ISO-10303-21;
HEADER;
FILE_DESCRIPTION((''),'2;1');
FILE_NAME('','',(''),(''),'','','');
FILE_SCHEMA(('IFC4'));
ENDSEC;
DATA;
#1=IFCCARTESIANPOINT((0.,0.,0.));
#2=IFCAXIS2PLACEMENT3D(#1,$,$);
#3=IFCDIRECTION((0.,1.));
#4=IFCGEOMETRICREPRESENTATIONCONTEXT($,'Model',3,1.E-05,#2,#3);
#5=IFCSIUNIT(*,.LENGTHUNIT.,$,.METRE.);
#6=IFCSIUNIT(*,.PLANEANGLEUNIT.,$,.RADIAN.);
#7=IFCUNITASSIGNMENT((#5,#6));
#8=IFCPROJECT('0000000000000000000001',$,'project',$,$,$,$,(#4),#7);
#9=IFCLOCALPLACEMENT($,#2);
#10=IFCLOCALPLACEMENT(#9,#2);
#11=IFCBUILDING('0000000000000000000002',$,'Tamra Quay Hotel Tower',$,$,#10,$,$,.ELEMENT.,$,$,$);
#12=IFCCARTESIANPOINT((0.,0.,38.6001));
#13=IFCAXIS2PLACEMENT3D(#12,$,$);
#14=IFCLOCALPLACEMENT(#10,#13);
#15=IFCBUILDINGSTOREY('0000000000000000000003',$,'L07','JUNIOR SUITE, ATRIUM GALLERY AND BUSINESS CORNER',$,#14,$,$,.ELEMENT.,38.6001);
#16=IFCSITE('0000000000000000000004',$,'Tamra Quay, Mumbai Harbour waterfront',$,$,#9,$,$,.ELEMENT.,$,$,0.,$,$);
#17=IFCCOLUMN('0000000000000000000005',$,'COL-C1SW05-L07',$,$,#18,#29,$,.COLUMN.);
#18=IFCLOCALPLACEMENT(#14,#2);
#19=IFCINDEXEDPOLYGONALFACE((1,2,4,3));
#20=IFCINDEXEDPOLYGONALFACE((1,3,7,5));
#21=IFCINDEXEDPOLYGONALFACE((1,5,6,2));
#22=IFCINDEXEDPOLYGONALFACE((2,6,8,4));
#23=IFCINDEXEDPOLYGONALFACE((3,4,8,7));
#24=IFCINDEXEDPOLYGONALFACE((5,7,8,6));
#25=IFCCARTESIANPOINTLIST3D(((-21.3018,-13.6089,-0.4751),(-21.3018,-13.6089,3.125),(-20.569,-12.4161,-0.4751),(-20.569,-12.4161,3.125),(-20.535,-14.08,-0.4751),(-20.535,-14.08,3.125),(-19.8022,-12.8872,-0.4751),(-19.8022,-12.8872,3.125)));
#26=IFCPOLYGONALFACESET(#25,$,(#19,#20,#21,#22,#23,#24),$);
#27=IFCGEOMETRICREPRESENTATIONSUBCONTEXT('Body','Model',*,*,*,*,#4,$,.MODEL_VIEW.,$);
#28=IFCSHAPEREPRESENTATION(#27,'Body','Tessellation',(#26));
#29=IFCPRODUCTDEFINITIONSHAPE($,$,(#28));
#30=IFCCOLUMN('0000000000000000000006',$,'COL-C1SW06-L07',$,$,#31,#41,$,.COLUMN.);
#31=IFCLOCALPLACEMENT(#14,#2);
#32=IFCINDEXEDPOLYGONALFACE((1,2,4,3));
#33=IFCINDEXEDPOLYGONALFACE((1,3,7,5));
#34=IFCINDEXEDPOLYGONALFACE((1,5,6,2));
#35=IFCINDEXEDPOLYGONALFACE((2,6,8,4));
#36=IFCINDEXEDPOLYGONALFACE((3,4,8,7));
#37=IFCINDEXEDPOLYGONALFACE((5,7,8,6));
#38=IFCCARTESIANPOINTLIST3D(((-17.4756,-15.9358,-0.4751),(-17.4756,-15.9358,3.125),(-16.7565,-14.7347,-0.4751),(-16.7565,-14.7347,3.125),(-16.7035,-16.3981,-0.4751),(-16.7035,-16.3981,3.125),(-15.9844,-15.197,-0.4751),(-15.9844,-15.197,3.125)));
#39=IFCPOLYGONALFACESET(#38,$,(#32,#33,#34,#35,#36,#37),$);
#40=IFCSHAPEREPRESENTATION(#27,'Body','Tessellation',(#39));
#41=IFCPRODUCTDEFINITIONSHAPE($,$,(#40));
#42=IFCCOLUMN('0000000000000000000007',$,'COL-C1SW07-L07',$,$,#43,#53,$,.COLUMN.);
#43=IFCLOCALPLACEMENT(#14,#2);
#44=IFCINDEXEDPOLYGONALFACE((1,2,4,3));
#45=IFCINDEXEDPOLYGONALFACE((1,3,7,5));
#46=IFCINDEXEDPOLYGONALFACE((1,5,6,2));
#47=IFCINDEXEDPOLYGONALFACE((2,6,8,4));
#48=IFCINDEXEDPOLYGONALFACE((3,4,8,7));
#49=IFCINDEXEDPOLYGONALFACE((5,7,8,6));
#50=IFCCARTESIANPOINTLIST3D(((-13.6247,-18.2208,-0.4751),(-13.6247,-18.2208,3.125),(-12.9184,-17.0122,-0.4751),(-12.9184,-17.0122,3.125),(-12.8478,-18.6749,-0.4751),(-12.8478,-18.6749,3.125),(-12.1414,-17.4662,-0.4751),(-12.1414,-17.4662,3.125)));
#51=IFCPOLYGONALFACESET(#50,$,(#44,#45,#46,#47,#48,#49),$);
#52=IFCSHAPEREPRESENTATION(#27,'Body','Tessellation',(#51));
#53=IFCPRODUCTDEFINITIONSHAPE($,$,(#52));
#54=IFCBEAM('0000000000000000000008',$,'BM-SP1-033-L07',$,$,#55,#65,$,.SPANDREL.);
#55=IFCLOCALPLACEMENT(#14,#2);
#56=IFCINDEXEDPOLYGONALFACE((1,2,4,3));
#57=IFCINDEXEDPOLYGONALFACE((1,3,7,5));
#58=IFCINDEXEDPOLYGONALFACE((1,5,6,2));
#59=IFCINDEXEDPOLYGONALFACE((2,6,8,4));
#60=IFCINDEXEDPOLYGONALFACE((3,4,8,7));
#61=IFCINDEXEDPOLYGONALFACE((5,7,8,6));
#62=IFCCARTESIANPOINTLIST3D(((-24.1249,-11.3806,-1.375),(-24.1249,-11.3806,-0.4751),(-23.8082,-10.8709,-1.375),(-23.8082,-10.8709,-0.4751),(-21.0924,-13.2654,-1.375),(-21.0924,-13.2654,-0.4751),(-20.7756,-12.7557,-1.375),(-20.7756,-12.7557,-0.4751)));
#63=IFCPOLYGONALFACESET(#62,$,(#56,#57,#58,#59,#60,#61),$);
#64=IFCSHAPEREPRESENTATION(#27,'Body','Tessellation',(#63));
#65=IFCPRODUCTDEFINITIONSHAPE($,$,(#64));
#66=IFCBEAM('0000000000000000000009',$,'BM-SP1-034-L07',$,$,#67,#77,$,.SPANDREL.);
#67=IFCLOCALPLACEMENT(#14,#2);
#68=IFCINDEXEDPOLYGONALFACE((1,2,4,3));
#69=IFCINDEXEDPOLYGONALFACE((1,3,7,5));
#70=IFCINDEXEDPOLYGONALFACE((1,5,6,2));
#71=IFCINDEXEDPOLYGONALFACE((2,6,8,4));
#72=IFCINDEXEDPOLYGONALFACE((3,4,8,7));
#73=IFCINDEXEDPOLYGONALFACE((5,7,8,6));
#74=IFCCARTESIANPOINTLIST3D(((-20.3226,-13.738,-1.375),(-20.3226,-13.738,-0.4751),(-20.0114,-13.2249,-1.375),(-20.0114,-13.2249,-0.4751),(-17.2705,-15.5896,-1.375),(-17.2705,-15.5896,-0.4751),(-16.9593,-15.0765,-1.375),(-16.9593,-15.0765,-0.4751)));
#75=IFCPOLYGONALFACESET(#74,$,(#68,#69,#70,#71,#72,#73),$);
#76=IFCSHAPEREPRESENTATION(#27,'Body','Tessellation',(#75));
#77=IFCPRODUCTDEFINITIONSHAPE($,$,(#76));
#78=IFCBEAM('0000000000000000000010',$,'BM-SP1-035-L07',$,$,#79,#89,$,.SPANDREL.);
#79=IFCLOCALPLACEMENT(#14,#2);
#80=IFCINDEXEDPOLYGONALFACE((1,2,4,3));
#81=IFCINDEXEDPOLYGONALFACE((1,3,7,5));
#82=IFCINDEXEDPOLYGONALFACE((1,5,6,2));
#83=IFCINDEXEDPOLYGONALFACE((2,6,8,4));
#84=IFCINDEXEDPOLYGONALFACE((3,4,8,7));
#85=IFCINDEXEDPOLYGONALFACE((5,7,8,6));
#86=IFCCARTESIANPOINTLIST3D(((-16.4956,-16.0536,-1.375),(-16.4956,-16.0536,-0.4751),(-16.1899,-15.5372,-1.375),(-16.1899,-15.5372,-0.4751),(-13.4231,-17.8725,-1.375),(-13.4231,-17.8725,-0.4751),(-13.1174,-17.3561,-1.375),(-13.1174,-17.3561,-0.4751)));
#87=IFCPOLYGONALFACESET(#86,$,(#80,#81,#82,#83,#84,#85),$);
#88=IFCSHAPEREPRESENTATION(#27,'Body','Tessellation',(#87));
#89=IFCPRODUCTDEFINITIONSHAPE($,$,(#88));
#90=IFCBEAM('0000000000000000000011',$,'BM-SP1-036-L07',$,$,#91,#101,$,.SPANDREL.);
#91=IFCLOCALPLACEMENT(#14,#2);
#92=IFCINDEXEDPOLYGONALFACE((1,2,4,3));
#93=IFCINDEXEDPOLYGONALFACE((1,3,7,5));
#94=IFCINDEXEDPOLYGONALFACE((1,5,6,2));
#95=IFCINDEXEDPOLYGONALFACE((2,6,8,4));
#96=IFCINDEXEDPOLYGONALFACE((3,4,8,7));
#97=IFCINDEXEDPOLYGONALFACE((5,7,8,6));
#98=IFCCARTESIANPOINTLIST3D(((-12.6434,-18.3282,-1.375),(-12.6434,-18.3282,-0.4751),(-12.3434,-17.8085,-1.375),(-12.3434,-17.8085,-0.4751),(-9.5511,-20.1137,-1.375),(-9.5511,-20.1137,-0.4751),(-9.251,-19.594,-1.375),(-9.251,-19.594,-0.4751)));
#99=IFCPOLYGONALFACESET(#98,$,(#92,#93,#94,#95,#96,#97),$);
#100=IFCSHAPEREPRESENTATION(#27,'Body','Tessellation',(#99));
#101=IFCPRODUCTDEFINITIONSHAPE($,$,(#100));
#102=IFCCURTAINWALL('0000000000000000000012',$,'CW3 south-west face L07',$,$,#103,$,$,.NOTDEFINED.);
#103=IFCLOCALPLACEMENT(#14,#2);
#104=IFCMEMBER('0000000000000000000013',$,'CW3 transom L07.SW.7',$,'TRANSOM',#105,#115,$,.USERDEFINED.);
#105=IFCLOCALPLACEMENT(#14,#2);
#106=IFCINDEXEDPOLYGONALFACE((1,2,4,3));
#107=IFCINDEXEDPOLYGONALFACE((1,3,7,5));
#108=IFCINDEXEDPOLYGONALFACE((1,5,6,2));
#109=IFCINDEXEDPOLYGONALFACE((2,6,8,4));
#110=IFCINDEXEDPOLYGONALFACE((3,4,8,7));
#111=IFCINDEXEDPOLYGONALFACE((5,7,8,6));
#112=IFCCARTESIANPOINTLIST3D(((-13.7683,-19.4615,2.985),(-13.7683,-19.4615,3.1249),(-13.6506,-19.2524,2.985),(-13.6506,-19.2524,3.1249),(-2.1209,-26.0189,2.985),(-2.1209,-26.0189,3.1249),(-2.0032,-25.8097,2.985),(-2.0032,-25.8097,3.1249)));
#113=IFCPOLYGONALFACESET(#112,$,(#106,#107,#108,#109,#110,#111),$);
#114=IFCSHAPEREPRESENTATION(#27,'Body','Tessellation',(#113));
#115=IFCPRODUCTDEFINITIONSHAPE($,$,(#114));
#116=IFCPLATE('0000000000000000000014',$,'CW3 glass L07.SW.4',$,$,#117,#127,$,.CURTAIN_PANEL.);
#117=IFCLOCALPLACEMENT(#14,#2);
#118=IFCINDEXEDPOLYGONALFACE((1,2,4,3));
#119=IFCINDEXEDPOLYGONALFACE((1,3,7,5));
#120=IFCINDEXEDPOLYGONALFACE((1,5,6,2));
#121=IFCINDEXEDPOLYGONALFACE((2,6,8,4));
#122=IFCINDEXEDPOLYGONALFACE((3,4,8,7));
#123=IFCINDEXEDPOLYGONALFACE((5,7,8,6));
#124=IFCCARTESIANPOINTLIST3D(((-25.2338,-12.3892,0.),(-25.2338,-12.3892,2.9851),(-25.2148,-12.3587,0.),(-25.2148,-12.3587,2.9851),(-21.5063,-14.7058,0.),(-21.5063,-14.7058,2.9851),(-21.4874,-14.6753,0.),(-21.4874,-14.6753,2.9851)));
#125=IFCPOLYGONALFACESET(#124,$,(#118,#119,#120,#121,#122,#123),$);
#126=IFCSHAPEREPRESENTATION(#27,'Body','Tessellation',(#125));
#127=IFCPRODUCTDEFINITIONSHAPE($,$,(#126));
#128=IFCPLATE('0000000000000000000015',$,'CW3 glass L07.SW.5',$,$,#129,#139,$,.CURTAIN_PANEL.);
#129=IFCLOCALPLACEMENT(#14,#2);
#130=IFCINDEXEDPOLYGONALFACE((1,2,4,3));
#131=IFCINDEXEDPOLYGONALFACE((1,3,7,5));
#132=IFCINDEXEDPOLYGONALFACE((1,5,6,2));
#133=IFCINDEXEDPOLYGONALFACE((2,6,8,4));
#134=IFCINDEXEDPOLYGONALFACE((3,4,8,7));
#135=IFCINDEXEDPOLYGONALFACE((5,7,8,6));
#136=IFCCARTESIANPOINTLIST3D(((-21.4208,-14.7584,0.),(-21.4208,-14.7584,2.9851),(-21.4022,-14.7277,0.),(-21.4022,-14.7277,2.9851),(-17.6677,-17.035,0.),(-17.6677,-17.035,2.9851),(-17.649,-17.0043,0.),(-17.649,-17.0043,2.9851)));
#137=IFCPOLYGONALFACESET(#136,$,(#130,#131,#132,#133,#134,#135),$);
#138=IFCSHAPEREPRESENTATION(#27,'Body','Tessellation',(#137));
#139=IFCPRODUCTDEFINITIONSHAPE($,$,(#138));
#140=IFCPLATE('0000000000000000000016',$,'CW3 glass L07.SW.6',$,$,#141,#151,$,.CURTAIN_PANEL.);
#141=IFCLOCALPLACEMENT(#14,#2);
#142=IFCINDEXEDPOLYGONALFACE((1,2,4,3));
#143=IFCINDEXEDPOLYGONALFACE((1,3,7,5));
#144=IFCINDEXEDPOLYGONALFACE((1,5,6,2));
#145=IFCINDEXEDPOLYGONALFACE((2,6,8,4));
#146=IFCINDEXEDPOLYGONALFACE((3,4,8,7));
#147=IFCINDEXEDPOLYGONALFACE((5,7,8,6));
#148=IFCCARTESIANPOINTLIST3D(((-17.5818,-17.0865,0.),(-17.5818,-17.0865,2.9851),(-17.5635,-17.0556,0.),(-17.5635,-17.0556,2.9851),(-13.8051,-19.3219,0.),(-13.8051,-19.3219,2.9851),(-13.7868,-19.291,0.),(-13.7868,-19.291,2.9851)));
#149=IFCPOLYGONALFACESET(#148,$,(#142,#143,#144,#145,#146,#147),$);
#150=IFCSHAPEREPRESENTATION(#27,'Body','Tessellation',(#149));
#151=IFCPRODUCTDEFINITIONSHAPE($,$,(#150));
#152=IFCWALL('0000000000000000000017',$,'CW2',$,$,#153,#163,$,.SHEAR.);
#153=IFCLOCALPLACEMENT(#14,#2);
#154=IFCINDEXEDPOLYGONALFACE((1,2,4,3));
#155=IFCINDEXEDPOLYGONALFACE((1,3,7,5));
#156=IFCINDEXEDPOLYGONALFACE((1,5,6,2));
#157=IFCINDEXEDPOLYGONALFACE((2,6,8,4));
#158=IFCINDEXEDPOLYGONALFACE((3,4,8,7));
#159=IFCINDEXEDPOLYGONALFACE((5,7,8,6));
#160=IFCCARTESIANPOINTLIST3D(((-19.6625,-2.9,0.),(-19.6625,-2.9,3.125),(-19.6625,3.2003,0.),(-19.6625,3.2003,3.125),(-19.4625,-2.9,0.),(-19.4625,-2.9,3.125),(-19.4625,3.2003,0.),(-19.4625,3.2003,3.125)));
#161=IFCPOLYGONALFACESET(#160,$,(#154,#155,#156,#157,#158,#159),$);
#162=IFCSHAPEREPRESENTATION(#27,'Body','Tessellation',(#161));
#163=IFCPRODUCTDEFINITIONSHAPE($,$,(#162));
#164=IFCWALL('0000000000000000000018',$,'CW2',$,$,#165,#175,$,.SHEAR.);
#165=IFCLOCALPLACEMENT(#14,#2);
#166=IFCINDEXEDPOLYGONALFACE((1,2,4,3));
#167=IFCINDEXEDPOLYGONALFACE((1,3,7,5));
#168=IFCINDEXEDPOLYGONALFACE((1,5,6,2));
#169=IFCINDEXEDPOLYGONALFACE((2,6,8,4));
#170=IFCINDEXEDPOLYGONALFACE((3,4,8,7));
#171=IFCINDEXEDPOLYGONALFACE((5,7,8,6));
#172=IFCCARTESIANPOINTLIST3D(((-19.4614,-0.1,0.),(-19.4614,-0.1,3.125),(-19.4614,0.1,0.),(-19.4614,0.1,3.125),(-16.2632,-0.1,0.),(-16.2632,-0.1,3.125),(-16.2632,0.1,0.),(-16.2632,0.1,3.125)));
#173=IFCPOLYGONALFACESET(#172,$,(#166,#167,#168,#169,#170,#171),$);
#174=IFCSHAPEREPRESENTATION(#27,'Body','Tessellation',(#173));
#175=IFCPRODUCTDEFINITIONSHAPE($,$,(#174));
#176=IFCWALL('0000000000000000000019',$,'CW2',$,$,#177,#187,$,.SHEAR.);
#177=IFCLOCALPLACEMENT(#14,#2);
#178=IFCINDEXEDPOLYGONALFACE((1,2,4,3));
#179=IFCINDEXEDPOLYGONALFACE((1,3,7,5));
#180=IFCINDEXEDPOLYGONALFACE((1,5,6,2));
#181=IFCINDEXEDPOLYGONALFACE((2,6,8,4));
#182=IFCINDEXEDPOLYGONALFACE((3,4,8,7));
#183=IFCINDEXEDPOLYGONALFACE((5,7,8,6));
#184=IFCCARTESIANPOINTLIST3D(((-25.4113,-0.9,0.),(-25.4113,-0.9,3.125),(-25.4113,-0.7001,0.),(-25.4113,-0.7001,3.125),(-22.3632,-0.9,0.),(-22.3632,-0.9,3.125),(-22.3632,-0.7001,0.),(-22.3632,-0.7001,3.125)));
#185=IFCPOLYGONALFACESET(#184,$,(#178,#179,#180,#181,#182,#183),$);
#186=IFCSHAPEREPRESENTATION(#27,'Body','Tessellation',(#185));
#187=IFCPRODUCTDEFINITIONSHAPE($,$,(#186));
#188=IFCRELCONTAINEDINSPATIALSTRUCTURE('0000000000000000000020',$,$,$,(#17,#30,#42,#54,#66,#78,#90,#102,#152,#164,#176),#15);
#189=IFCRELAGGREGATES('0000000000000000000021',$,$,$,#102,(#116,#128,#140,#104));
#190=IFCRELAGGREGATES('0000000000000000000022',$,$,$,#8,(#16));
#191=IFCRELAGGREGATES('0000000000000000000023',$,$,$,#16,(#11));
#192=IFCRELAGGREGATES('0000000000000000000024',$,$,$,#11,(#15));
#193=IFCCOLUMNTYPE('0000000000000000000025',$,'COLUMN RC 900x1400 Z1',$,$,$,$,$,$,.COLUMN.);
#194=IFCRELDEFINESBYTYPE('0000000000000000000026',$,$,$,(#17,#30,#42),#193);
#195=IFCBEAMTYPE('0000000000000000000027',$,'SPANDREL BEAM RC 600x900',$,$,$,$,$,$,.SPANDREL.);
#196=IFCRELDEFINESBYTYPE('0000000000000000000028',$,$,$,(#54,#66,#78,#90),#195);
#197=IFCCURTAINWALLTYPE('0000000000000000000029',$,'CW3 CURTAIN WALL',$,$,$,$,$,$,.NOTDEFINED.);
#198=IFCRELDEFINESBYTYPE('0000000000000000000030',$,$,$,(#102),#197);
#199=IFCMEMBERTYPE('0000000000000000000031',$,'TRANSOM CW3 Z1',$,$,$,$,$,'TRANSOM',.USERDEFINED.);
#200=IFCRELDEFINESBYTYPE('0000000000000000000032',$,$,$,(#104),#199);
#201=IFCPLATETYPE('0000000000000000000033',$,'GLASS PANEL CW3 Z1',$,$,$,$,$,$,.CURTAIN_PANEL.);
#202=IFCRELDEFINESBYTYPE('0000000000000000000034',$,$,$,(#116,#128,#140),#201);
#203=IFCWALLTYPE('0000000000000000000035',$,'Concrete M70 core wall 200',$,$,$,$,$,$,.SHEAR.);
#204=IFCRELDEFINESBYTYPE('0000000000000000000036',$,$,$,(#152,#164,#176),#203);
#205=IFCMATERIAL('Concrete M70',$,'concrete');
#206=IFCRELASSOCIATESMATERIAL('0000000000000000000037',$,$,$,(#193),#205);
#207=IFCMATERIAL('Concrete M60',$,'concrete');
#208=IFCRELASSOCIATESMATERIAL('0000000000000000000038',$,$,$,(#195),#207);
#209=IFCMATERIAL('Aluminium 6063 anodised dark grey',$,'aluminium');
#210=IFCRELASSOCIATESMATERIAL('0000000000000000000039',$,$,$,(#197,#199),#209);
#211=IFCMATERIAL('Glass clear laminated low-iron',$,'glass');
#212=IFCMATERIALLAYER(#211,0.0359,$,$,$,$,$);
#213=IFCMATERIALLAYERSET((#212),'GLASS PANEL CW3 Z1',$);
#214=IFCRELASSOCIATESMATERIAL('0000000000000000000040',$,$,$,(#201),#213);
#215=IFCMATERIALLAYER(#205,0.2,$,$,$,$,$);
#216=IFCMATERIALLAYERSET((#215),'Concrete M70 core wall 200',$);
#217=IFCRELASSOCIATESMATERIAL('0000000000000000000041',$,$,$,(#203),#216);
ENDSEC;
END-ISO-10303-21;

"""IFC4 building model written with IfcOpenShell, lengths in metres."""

from ifc_helpers import new_model, si_unit, direction, frame, frame_2d, origin, origin_2d, place, context, subcontext, project, spatial, rectangle, extrude, material, layer, layer_set, material_profile, profile_set, type_object, element, aggregate, save


model = new_model("IFC4")

# Units and contexts
model_context = context("Model", 3, precision=1e-05, world=origin(), true_north=direction((0.0, 1.0)))
body_context = subcontext(model_context, "Body", "Model", "MODEL_VIEW")
ifc_project = project(units=[si_unit("LENGTHUNIT", "METRE"), si_unit("PLANEANGLEUNIT", "RADIAN")], contexts=[model_context])

# Site, building, storey
site_placement = place(None, origin())
site = spatial("IfcSite", under=ifc_project, at=site_placement, Name="Tamra Quay, Mumbai Harbour waterfront", CompositionType="ELEMENT", RefElevation=0.0)
building_placement = place(site_placement, origin())
building = spatial("IfcBuilding", under=site, at=building_placement, Name="Tamra Quay Hotel Tower", CompositionType="ELEMENT")
storey_placement = place(building_placement, frame((0.0, 0.0, 38.6001)))
storey = spatial("IfcBuildingStorey", under=building, at=storey_placement, Name="L07", Description="JUNIOR SUITE, ATRIUM GALLERY AND BUSINESS CORNER", CompositionType="ELEMENT", Elevation=38.6001)

# Columns
ifc_material_1 = material(Name="Concrete M70", Category="concrete")
ifc_material_profile_1 = material_profile(ifc_material_1, rectangle(XDim=1.3999, YDim=0.8999, at=origin_2d()), Name="COLUMN RC 900x1400 Z1")
ifc_profile_set_1 = profile_set([ifc_material_profile_1], Name="Concrete M70")
column_type = type_object("IfcColumnType", Name="COLUMN RC 900x1400 Z1", PredefinedType="COLUMN", material=ifc_profile_set_1)
for number, where, z_axis, x_axis, name in (
    (1, (-20.552, -13.248, -0.4751), (0.0, 0.0, 1.0), (0.52343, 0.852069, 0.0), "COL-C1SW05-L07"),
    (2, (-16.73, -15.5664, -0.4751), (0.0, 0.0, 1.0), (0.513654, 0.857998, 0.0), "COL-C1SW06-L07"),
    (3, (-12.8831, -17.8435, -0.4751), (0.0, 0.0, 1.0), (0.504565, 0.863374, 0.0), "COL-C1SW07-L07"),
):
    element("IfcColumn", number, at=place(storey_placement, frame(where, z_axis=z_axis, x_axis=x_axis)), inside=storey, type_object=column_type, Name=name, PredefinedType="COLUMN", context=body_context, shape_type="SweptSolid", body=[
        extrude(rectangle(XDim=1.3999, YDim=0.8999, at=origin_2d()), origin(), (0.0, 0.0, 1.0), 3.6001),
    ])

# Beams
ifc_material_2 = material(Name="Concrete M60", Category="concrete")
ifc_material_profile_2 = material_profile(ifc_material_2, rectangle(XDim=0.6001, YDim=0.8999, at=origin_2d()), Name="SPANDREL BEAM RC 600x900")
ifc_profile_set_2 = profile_set([ifc_material_profile_2], Name="Concrete M60")
beam_type = type_object("IfcBeamType", Name="SPANDREL BEAM RC 600x900", PredefinedType="SPANDREL", material=ifc_profile_set_2)
beam_1_placement = place(storey_placement, frame((-23.9666, -11.1257, -0.925), z_axis=(0.849321, -0.527877, 0.0), x_axis=(0.527877, 0.849321, 0.0)))
element("IfcBeam", 4, at=beam_1_placement, inside=storey, type_object=beam_type, Name="BM-SP1-033-L07", PredefinedType="SPANDREL", context=body_context, shape_type="SweptSolid", body=[
    extrude(rectangle(XDim=0.6001, YDim=0.8999, at=origin_2d()), origin(), (0.0, 0.0, 1.0), 3.5706),
])
beam_2_placement = place(storey_placement, frame((-20.167, -13.4814, -0.925), z_axis=(0.854966, -0.518684, 0.0), x_axis=(0.518684, 0.854966, 0.0)))
element("IfcBeam", 5, at=beam_2_placement, inside=storey, type_object=beam_type, Name="BM-SP1-034-L07", PredefinedType="SPANDREL", context=body_context, shape_type="SweptSolid", body=[
    extrude(rectangle(XDim=0.6001, YDim=0.8999, at=origin_2d()), origin(), (0.0, 0.0, 1.0), 3.5698),
])
beam_3_placement = place(storey_placement, frame((-16.3428, -15.7954, -0.925), z_axis=(0.860525, -0.509409, 0.0), x_axis=(0.509409, 0.860525, 0.0)))
element("IfcBeam", 6, at=beam_3_placement, inside=storey, type_object=beam_type, Name="BM-SP1-035-L07", PredefinedType="SPANDREL", context=body_context, shape_type="SweptSolid", body=[
    extrude(rectangle(XDim=0.6001, YDim=0.8999, at=origin_2d()), origin(), (0.0, 0.0, 1.0), 3.5706),
])
beam_4_placement = place(storey_placement, frame((-12.4934, -18.0684, -0.925), z_axis=(0.866017, -0.500014, 0.0), x_axis=(0.500014, 0.866017, 0.0)))
element("IfcBeam", 7, at=beam_4_placement, inside=storey, type_object=beam_type, Name="BM-SP1-036-L07", PredefinedType="SPANDREL", context=body_context, shape_type="SweptSolid", body=[
    extrude(rectangle(XDim=0.6001, YDim=0.8999, at=origin_2d()), origin(), (0.0, 0.0, 1.0), 3.5708),
])

# Curtain wall, member, plates
ifc_material_3 = material(Name="Aluminium 6063 anodised dark grey", Category="aluminium")
curtain_wall_type = type_object("IfcCurtainWallType", Name="CW3 CURTAIN WALL", PredefinedType="NOTDEFINED", material=ifc_material_3)
curtain_wall_placement = place(storey_placement, origin())
curtain_wall = element("IfcCurtainWall", 8, at=curtain_wall_placement, inside=storey, type_object=curtain_wall_type, Name="CW3 south-west face L07", PredefinedType="NOTDEFINED")
ifc_material_profile_3 = material_profile(ifc_material_3, rectangle(XDim=0.24, YDim=0.1399, at=origin_2d()), Name="TRANSOM 240X140")
ifc_profile_set_3 = profile_set([ifc_material_profile_3], Name="Aluminium 6063 anodised dark grey")
member_type = type_object("IfcMemberType", Name="TRANSOM CW3 Z1", ElementType="TRANSOM", PredefinedType="USERDEFINED", material=ifc_profile_set_3)
member_placement = place(storey_placement, frame((-13.7095, -19.3569, 3.0549), z_axis=(0.871394, -0.490584, 0.0), x_axis=(0.490584, 0.871394, 0.0)))
member = element("IfcMember", 9, at=member_placement, type_object=member_type, Name="CW3 transom L07.SW.7", ObjectType="TRANSOM", PredefinedType="USERDEFINED", context=body_context, shape_type="SweptSolid", body=[
    extrude(rectangle(XDim=0.24, YDim=0.1399, at=origin_2d()), origin(), (0.0, 0.0, 1.0), 13.3665),
])
ifc_material_4 = material(Name="Glass clear laminated low-iron", Category="glass")
ifc_layer_1 = layer(ifc_material_4, 0.0359)
ifc_layer_set_1 = layer_set([ifc_layer_1], Name="GLASS PANEL CW3 Z1")
plate_type = type_object("IfcPlateType", Name="GLASS PANEL CW3 Z1", PredefinedType="CURTAIN_PANEL", material=ifc_layer_set_1)
plate_1_placement = place(storey_placement, frame((-23.3606, -13.5322, 0.0), z_axis=(0.0, 0.0, 1.0), x_axis=(0.849331, -0.52786, 0.0)))
plate_1 = element("IfcPlate", 10, at=plate_1_placement, type_object=plate_type, Name="CW3 glass L07.SW.4", PredefinedType="CURTAIN_PANEL", context=body_context, shape_type="SweptSolid", body=[
    extrude(rectangle(XDim=4.3887, YDim=0.0359, at=origin_2d()), origin(), (0.0, 0.0, 1.0), 2.9851),
])
plate_2_placement = place(storey_placement, frame((-19.5349, -15.8813, 0.0), z_axis=(0.0, 0.0, 1.0), x_axis=(0.854993, -0.518639, 0.0)))
plate_2 = element("IfcPlate", 11, at=plate_2_placement, type_object=plate_type, Name="CW3 glass L07.SW.5", PredefinedType="CURTAIN_PANEL", context=body_context, shape_type="SweptSolid", body=[
    extrude(rectangle(XDim=4.3896, YDim=0.0359, at=origin_2d()), origin(), (0.0, 0.0, 1.0), 2.9851),
])
plate_3_placement = place(storey_placement, frame((-15.6843, -18.1887, 0.0), z_axis=(0.0, 0.0, 1.0), x_axis=(0.860556, -0.509355, 0.0)))
plate_3 = element("IfcPlate", 12, at=plate_3_placement, type_object=plate_type, Name="CW3 glass L07.SW.6", PredefinedType="CURTAIN_PANEL", context=body_context, shape_type="SweptSolid", body=[
    extrude(rectangle(XDim=4.3887, YDim=0.0359, at=origin_2d()), origin(), (0.0, 0.0, 1.0), 2.9851),
])
aggregate(curtain_wall, [plate_1, plate_2, plate_3, member])

# Walls
ifc_layer_2 = layer(ifc_material_1, 0.2)
ifc_layer_set_2 = layer_set([ifc_layer_2], Name="Concrete M70 core wall 200")
wall_type_1 = type_object("IfcWallType", Name="Concrete M70 core wall 200", PredefinedType="SHEAR", material=ifc_layer_set_2)
wall_1_placement = place(storey_placement, frame((-19.5625, -2.9001, 0.0), z_axis=(0.0, 0.0, 1.0), x_axis=(0.0, 1.0, 0.0)))
element("IfcWall", 13, at=wall_1_placement, inside=storey, type_object=wall_type_1, Name="CW2", PredefinedType="SHEAR", context=body_context, shape_type="SweptSolid", body=[
    extrude(rectangle(XDim=6.1003, YDim=0.2, at=frame_2d((3.0503, 0.0))), origin(), (0.0, 0.0, 1.0), 3.125),
])
wall_2_placement = place(storey_placement, frame((-16.2632, 0.0, 0.0), z_axis=(0.0, 0.0, 1.0), x_axis=(-1.0, 0.0, 0.0)))
element("IfcWall", 14, at=wall_2_placement, inside=storey, type_object=wall_type_1, Name="CW2", PredefinedType="SHEAR", context=body_context, shape_type="SweptSolid", body=[
    extrude(rectangle(XDim=3.1982, YDim=0.2, at=frame_2d((1.5991, 0.0))), origin(), (0.0, 0.0, 1.0), 3.125),
])
wall_3_placement = place(storey_placement, frame((-22.3633, -0.8, 0.0), z_axis=(0.0, 0.0, 1.0), x_axis=(-1.0, 0.0, 0.0)))
element("IfcWall", 15, at=wall_3_placement, inside=storey, type_object=wall_type_1, Name="CW2", PredefinedType="SHEAR", context=body_context, shape_type="SweptSolid", body=[
    extrude(rectangle(XDim=3.0481, YDim=0.2, at=frame_2d((1.5239, 0.0))), origin(), (0.0, 0.0, 1.0), 3.125),
])

save(model, "model.ifc")
